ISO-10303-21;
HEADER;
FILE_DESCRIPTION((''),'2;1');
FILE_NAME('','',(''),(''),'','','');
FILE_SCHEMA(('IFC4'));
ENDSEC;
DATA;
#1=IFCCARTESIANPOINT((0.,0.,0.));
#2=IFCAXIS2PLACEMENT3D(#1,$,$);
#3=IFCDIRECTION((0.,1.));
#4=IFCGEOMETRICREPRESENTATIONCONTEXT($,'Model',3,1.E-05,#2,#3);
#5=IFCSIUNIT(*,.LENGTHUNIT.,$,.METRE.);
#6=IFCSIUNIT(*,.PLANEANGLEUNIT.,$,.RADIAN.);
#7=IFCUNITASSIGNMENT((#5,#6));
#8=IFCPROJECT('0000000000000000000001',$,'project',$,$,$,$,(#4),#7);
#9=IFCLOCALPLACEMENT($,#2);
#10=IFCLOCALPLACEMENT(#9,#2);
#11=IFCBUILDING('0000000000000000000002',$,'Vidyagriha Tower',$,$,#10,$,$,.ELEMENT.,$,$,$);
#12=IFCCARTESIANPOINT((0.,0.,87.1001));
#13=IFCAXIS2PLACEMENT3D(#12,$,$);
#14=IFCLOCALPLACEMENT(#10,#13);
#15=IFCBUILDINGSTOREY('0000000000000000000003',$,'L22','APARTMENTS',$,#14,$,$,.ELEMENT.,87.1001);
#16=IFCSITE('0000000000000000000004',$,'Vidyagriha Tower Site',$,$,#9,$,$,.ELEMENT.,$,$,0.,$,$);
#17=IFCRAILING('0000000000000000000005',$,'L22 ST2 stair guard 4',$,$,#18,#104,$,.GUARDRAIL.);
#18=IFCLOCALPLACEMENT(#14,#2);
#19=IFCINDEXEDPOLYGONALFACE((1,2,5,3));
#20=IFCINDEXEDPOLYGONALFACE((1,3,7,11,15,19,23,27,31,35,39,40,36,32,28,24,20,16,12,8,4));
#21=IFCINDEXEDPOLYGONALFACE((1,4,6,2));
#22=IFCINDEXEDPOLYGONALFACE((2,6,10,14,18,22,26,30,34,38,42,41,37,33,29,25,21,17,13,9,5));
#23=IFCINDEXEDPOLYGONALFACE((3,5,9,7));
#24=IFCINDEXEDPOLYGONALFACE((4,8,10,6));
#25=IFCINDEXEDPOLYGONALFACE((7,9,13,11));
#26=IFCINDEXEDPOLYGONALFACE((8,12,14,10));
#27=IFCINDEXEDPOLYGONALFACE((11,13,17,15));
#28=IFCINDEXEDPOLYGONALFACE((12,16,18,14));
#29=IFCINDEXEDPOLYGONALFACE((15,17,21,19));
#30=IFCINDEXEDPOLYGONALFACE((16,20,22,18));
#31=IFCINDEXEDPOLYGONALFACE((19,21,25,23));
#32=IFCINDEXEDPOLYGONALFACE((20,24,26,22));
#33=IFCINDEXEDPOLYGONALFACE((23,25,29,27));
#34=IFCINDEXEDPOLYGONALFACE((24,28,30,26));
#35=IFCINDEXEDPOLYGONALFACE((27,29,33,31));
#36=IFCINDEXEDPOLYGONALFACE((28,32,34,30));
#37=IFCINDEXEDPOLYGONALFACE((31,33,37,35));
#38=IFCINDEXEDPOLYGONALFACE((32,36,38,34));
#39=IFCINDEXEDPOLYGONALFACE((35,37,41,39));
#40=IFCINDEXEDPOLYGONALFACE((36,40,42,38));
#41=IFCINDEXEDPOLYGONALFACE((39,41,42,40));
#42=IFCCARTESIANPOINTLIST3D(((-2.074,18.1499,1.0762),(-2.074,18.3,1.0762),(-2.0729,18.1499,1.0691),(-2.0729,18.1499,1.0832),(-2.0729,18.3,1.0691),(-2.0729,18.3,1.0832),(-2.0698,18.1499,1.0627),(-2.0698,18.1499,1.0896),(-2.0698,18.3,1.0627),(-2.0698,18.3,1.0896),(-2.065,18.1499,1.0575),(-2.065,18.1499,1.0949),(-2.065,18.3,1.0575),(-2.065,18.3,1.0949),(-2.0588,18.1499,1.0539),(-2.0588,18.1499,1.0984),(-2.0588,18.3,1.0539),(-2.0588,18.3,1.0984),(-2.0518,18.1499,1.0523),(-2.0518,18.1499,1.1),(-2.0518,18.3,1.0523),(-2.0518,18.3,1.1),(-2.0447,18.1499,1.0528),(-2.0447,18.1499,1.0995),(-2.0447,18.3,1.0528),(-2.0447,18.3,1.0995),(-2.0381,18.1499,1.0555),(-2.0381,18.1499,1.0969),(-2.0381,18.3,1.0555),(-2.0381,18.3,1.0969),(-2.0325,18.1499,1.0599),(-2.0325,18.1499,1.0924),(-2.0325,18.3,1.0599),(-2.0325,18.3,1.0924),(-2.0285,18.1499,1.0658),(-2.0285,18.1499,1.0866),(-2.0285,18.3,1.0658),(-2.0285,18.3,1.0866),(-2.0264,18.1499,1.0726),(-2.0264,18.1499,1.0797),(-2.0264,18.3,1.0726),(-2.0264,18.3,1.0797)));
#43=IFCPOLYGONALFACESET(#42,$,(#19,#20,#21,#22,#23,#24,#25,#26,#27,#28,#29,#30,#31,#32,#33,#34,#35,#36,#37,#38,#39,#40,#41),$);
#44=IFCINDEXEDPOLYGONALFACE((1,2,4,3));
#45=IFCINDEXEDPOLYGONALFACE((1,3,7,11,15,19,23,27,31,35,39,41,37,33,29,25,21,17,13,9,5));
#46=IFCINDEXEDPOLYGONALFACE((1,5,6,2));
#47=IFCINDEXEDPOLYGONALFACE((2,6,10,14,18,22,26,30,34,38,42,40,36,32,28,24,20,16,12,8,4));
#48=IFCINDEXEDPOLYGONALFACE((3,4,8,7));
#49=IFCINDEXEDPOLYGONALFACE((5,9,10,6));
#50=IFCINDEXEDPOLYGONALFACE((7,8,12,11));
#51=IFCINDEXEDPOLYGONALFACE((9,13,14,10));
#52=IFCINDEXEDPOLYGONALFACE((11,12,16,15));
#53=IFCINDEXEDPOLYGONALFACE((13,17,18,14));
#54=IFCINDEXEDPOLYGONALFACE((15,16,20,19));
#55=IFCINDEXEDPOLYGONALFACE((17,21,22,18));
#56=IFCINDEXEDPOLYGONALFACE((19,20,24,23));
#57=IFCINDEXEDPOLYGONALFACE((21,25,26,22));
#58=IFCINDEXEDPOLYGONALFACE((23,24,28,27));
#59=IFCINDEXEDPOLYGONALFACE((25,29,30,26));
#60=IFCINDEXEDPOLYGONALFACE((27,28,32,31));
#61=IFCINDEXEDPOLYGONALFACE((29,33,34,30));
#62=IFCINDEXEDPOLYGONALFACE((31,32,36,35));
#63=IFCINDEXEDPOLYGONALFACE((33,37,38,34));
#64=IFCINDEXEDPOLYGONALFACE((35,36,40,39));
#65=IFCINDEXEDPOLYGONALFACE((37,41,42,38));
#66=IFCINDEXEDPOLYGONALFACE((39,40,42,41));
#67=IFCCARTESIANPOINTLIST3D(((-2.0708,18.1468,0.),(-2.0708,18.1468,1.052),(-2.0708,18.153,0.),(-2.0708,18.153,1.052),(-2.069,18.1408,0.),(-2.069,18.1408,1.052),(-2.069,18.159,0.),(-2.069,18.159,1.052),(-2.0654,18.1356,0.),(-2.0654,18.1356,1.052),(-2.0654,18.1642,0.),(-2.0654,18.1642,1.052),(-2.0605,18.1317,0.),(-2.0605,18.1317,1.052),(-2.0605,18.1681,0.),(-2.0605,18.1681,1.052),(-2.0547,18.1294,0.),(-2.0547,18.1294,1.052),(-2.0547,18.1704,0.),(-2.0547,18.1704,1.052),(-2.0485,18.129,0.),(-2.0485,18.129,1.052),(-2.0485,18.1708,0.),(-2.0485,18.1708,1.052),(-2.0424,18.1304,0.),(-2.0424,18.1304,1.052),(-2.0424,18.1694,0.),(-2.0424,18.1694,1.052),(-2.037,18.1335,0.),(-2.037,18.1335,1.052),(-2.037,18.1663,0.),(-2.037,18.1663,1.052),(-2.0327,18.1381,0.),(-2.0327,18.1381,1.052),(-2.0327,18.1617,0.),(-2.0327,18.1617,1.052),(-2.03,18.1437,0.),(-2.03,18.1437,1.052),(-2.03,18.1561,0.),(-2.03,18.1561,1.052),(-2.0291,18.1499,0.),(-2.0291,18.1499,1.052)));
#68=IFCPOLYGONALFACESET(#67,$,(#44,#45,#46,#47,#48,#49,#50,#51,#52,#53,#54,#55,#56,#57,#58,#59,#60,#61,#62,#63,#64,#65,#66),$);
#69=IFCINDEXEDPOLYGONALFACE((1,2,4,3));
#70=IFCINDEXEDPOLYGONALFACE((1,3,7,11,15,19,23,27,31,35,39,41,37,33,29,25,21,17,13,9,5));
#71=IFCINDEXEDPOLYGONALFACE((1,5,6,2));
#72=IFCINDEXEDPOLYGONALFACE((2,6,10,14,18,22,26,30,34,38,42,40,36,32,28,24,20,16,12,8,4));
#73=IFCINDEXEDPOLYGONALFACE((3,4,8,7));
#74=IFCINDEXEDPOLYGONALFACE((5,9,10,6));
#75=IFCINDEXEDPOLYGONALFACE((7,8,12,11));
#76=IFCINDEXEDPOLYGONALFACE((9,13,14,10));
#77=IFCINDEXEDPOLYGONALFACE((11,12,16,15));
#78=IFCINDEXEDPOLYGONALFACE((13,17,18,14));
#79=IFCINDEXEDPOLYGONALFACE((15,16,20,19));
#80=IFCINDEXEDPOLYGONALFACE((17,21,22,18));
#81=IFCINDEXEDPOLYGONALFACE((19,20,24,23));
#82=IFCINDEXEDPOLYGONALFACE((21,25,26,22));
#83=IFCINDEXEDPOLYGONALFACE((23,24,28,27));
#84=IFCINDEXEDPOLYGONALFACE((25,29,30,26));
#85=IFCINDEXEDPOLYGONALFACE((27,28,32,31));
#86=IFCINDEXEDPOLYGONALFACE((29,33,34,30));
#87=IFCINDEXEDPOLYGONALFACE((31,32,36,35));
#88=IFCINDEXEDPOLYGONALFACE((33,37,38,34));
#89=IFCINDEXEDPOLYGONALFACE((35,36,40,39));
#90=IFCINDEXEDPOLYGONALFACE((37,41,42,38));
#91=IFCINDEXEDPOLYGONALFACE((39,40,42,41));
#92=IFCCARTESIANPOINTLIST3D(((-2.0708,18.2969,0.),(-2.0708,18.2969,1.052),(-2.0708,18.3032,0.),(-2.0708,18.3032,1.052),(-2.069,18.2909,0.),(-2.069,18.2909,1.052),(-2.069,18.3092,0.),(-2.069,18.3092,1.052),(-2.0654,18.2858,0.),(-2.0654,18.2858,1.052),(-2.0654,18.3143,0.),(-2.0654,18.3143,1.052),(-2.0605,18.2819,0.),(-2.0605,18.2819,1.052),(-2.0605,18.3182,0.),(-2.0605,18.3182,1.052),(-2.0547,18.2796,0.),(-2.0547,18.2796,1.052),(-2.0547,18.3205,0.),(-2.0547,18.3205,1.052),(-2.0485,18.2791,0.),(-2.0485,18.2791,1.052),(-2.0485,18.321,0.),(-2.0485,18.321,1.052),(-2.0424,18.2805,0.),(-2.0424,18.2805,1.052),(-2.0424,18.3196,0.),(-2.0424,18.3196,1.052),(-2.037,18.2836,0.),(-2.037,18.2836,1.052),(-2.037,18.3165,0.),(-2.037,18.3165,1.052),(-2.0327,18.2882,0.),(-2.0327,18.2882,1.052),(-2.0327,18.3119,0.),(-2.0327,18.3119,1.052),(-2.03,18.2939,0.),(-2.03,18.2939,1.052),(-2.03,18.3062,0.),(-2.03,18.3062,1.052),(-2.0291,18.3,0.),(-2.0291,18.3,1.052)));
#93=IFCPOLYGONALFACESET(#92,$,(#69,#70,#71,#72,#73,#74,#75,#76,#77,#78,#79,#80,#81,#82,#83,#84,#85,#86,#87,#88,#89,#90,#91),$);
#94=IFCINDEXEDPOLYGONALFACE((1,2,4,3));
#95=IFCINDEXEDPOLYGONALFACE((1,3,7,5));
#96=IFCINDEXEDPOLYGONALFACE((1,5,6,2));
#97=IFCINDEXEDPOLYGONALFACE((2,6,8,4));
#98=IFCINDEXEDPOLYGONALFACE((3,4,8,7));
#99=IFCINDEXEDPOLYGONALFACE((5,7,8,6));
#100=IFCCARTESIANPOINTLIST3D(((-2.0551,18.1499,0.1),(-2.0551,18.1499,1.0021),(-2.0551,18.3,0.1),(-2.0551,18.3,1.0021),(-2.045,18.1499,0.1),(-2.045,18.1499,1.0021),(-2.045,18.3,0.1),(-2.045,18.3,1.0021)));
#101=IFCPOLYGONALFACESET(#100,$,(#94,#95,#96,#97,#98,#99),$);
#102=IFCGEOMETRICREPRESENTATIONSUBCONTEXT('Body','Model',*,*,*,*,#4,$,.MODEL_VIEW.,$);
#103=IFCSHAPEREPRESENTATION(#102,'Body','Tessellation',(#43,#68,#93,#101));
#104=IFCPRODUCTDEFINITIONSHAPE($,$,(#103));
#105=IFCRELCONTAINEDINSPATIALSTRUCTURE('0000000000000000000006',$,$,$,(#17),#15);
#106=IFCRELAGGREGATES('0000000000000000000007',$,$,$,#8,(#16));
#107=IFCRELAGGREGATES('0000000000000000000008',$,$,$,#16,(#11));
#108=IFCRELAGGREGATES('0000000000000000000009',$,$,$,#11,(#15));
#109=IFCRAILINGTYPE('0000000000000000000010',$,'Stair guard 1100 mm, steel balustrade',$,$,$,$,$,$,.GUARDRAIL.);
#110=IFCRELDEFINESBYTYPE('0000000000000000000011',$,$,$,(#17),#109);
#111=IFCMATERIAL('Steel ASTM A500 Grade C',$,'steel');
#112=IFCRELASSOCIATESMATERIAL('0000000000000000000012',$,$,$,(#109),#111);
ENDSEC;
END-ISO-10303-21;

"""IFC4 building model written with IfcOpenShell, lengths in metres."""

from ifc_helpers import new_model, si_unit, direction, frame, origin, origin_2d, place, context, subcontext, project, spatial, rectangle, circle, extrude, material, type_object, element, save


model = new_model("IFC4")

# Units and contexts
model_context = context("Model", 3, precision=1e-05, world=origin(), true_north=direction((0.0, 1.0)))
body_context = subcontext(model_context, "Body", "Model", "MODEL_VIEW")
ifc_project = project(units=[si_unit("LENGTHUNIT", "METRE"), si_unit("PLANEANGLEUNIT", "RADIAN")], contexts=[model_context])

# Site, building, storey
site_placement = place(None, origin())
site = spatial("IfcSite", under=ifc_project, at=site_placement, Name="Vidyagriha Tower Site", CompositionType="ELEMENT", RefElevation=0.0)
building_placement = place(site_placement, origin())
building = spatial("IfcBuilding", under=site, at=building_placement, Name="Vidyagriha Tower", CompositionType="ELEMENT")
storey_placement = place(building_placement, frame((0.0, 0.0, 87.1001)))
storey = spatial("IfcBuildingStorey", under=building, at=storey_placement, Name="L22", Description="APARTMENTS", CompositionType="ELEMENT", Elevation=87.1001)

# Railing
ifc_material_1 = material(Name="Steel ASTM A500 Grade C", Category="steel")
railing_type_1 = type_object("IfcRailingType", Name="Stair guard 1100 mm, steel balustrade", PredefinedType="GUARDRAIL", material=ifc_material_1)
railing_1_placement = place(storey_placement, frame((-2.05, 18.1499, 0.0)))
element("IfcRailing", 1, at=railing_1_placement, inside=storey, type_object=railing_type_1, Name="L22 ST2 stair guard 4", PredefinedType="GUARDRAIL", context=body_context, shape_type="SweptSolid", body=[
    extrude(circle(Radius=0.0239, at=origin_2d()), frame((0.0, 0.0, 1.0762), z_axis=(0.0, 1.0, 0.0), x_axis=(-1.0, 0.0, 0.0)), (0.0, 0.0, 1.0), 0.1501),
    extrude(circle(Radius=0.021, at=origin_2d()), origin(), (0.0, 0.0, 1.0), 1.052),
    extrude(circle(Radius=0.021, at=origin_2d()), frame((0.0, 0.1501, 0.0)), (0.0, 0.0, 1.0), 1.052),
    extrude(rectangle(XDim=0.01, YDim=0.9021, at=origin_2d()), frame((0.0, 0.0, 0.551), z_axis=(0.0, 1.0, 0.0), x_axis=(-1.0, 0.0, 0.0)), (0.0, 0.0, 1.0), 0.1501),
])

save(model, "model.ifc")
